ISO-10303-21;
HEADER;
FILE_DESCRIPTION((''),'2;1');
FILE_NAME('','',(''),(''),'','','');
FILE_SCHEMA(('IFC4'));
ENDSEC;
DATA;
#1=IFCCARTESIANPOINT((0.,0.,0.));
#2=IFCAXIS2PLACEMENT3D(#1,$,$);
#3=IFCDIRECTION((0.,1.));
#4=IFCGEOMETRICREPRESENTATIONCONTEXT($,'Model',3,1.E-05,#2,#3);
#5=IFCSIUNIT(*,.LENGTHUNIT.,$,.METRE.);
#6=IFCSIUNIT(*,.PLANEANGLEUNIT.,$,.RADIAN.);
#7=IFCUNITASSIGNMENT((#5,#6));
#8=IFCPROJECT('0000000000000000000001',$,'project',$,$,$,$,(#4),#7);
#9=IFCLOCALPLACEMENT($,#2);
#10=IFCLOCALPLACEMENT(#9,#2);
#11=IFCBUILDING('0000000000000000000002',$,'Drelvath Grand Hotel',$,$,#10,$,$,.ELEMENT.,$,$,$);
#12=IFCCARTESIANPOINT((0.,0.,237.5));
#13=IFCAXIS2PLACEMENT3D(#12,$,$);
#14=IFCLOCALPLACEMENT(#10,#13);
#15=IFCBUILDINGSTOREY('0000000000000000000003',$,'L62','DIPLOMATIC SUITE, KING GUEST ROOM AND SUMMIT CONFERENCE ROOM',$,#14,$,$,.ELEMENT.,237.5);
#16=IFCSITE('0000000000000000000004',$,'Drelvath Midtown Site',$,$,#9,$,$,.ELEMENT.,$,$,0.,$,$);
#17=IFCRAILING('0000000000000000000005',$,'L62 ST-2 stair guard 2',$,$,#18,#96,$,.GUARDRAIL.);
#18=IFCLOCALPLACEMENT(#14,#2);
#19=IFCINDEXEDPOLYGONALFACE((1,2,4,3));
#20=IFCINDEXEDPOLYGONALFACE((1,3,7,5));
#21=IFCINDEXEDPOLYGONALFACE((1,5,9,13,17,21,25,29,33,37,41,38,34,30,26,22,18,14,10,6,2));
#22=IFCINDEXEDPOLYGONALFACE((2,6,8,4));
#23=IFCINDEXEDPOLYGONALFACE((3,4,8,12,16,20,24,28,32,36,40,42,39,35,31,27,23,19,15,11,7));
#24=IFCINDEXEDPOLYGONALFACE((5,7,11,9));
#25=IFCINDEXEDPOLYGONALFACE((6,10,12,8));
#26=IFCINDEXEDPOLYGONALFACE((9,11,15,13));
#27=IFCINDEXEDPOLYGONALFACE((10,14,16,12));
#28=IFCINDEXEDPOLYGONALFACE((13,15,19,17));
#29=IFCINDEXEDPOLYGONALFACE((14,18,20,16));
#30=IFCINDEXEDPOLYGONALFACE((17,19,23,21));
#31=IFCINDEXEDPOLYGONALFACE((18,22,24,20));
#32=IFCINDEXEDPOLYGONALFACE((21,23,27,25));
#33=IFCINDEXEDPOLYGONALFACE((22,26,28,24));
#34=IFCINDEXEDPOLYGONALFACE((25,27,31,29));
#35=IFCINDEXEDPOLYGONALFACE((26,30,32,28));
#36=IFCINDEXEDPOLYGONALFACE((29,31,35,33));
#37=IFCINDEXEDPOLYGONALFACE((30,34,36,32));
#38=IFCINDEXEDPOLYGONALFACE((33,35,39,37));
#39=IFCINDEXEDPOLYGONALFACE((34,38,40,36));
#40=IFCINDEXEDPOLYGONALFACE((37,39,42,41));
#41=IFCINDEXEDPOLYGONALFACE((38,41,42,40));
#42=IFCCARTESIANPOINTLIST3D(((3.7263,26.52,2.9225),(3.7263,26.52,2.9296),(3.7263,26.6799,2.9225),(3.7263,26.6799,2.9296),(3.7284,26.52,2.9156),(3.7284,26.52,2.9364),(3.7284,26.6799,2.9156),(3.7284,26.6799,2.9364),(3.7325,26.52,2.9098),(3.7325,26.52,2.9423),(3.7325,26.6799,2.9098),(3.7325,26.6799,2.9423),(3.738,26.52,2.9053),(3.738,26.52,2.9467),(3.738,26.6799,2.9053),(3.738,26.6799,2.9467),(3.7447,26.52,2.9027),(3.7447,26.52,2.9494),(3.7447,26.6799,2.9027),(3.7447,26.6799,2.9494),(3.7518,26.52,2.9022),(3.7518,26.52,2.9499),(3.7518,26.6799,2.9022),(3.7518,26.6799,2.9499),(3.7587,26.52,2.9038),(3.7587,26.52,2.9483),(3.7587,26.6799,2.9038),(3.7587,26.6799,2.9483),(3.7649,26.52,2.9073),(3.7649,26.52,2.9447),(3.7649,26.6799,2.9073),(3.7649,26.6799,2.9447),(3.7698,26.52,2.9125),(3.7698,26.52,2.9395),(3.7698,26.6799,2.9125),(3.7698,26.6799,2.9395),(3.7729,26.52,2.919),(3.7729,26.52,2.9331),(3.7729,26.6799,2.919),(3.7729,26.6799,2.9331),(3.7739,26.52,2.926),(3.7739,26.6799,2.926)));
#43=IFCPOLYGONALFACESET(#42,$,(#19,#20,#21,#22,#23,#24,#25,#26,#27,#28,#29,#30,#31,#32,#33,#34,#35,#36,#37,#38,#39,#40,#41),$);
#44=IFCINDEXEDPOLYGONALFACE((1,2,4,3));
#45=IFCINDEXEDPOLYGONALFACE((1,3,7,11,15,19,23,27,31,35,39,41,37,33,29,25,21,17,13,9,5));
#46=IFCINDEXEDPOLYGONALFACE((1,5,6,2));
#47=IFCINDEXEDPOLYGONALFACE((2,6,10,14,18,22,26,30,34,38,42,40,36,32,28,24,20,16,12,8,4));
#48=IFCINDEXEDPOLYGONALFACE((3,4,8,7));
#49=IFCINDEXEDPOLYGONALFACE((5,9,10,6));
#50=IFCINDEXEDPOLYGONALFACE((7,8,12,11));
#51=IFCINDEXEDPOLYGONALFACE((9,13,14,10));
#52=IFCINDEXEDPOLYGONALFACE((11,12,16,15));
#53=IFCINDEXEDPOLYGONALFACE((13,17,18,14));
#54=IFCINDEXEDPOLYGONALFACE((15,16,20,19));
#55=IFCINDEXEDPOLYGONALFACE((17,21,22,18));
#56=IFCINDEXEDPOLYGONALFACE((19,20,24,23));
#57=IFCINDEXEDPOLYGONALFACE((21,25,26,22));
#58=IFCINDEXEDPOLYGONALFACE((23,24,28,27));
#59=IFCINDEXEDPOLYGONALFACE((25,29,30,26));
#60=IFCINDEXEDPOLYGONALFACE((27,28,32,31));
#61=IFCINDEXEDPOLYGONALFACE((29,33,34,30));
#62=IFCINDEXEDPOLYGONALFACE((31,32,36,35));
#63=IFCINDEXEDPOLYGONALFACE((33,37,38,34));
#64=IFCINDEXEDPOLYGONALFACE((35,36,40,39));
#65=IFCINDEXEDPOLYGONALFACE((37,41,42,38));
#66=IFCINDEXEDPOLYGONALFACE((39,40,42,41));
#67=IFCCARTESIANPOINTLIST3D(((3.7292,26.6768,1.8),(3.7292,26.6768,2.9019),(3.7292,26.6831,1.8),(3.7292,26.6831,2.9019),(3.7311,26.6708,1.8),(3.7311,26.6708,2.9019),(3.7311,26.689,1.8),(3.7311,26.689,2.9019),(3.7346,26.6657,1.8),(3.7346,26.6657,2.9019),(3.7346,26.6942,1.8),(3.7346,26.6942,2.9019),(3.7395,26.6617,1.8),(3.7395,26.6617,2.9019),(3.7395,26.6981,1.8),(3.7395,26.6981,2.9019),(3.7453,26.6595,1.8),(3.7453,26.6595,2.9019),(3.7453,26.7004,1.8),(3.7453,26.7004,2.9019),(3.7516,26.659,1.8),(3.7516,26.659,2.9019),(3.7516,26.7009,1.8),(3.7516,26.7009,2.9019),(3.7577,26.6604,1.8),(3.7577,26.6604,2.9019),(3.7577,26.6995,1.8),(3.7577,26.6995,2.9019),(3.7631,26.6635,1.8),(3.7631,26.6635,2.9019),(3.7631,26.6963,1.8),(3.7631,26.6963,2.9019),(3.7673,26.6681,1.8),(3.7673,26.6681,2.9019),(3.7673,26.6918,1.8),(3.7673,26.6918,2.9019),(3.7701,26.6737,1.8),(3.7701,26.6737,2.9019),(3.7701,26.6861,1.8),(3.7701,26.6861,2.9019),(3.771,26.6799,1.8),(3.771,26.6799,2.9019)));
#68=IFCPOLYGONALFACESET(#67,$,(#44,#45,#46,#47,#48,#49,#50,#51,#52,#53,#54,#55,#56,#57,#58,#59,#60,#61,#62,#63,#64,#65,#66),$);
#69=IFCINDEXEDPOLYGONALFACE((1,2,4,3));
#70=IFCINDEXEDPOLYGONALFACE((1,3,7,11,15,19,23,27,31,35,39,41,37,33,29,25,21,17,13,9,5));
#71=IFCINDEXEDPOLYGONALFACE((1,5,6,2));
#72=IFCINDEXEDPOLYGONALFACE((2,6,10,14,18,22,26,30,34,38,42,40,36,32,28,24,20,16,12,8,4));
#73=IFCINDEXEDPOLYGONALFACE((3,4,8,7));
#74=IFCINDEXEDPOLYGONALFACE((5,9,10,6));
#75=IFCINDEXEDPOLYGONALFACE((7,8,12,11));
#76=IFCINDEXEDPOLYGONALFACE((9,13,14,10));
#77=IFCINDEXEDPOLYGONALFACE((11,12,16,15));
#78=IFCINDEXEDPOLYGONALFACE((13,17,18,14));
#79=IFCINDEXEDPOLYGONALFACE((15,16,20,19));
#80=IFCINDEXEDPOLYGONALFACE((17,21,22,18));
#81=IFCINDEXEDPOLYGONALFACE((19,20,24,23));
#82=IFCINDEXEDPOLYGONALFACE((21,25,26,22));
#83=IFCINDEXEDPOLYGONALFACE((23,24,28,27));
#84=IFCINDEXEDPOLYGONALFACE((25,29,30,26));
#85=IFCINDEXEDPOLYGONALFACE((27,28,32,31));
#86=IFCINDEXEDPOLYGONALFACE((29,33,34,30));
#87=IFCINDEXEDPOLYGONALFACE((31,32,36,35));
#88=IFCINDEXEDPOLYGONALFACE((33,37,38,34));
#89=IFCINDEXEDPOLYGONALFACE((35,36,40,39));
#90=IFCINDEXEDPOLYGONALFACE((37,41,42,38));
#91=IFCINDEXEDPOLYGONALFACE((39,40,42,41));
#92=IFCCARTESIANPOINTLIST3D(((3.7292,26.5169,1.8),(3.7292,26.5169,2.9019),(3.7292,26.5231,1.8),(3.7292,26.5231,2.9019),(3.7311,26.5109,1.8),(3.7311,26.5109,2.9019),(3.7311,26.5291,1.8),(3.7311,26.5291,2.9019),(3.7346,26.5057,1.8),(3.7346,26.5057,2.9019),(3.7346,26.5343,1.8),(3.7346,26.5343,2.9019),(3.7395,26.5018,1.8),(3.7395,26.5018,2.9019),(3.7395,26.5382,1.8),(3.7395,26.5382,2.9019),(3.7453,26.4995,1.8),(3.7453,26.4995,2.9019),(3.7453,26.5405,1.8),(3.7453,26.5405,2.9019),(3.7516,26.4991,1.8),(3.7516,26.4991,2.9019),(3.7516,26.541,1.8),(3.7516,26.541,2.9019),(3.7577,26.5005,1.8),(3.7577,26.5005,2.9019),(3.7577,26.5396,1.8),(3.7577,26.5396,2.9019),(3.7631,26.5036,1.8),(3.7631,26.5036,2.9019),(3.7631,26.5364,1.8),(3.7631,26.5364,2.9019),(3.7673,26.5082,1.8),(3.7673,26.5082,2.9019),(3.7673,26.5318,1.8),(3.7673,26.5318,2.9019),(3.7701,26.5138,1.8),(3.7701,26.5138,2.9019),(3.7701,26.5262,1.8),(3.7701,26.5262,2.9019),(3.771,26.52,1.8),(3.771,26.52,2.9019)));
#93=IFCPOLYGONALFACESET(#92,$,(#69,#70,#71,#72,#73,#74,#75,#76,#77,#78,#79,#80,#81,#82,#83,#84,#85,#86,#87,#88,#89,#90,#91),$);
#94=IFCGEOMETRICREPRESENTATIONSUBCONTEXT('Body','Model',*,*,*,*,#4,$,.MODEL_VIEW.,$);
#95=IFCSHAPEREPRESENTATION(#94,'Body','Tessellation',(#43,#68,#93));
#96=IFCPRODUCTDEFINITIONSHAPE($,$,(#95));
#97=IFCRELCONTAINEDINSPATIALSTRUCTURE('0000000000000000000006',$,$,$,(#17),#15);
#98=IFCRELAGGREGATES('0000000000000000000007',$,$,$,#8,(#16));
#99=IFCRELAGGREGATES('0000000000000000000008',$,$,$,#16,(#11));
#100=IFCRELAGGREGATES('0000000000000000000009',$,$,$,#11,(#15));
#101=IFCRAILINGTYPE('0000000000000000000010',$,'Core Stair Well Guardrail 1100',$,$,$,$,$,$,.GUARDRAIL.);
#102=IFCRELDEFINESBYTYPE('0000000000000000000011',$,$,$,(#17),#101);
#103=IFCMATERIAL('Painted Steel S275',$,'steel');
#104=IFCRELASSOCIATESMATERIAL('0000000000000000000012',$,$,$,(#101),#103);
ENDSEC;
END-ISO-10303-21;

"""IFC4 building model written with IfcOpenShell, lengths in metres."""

from ifc_helpers import new_model, si_unit, direction, frame, origin, origin_2d, place, context, subcontext, project, spatial, circle, extrude, material, type_object, element, save


model = new_model("IFC4")

# Units and contexts
model_context = context("Model", 3, precision=1e-05, world=origin(), true_north=direction((0.0, 1.0)))
body_context = subcontext(model_context, "Body", "Model", "MODEL_VIEW")
ifc_project = project(units=[si_unit("LENGTHUNIT", "METRE"), si_unit("PLANEANGLEUNIT", "RADIAN")], contexts=[model_context])

# Site, building, storey
site_placement = place(None, origin())
site = spatial("IfcSite", under=ifc_project, at=site_placement, Name="Drelvath Midtown Site", CompositionType="ELEMENT", RefElevation=0.0)
building_placement = place(site_placement, origin())
building = spatial("IfcBuilding", under=site, at=building_placement, Name="Drelvath Grand Hotel", CompositionType="ELEMENT")
storey_placement = place(building_placement, frame((0.0, 0.0, 237.5)))
storey = spatial("IfcBuildingStorey", under=building, at=storey_placement, Name="L62", Description="DIPLOMATIC SUITE, KING GUEST ROOM AND SUMMIT CONFERENCE ROOM", CompositionType="ELEMENT", Elevation=237.5)

# Railing
ifc_material_1 = material(Name="Painted Steel S275", Category="steel")
railing_type_1 = type_object("IfcRailingType", Name="Core Stair Well Guardrail 1100", PredefinedType="GUARDRAIL", material=ifc_material_1)
railing_1_placement = place(storey_placement, frame((3.75, 26.6799, 1.8)))
element("IfcRailing", 1, at=railing_1_placement, inside=storey, type_object=railing_type_1, Name="L62 ST-2 stair guard 2", PredefinedType="GUARDRAIL", context=body_context, shape_type="SweptSolid", body=[
    extrude(circle(Radius=0.0239, at=origin_2d()), frame((0.0, 0.0, 1.126), z_axis=(0.0, -1.0, 0.0), x_axis=(1.0, 0.0, 0.0)), (0.0, 0.0, 1.0), 0.1599),
    extrude(circle(Radius=0.021, at=origin_2d()), origin(), (0.0, 0.0, 1.0), 1.1018),
    extrude(circle(Radius=0.021, at=origin_2d()), frame((0.0, -0.1599, 0.0)), (0.0, 0.0, 1.0), 1.1018),
])

save(model, "model.ifc")
